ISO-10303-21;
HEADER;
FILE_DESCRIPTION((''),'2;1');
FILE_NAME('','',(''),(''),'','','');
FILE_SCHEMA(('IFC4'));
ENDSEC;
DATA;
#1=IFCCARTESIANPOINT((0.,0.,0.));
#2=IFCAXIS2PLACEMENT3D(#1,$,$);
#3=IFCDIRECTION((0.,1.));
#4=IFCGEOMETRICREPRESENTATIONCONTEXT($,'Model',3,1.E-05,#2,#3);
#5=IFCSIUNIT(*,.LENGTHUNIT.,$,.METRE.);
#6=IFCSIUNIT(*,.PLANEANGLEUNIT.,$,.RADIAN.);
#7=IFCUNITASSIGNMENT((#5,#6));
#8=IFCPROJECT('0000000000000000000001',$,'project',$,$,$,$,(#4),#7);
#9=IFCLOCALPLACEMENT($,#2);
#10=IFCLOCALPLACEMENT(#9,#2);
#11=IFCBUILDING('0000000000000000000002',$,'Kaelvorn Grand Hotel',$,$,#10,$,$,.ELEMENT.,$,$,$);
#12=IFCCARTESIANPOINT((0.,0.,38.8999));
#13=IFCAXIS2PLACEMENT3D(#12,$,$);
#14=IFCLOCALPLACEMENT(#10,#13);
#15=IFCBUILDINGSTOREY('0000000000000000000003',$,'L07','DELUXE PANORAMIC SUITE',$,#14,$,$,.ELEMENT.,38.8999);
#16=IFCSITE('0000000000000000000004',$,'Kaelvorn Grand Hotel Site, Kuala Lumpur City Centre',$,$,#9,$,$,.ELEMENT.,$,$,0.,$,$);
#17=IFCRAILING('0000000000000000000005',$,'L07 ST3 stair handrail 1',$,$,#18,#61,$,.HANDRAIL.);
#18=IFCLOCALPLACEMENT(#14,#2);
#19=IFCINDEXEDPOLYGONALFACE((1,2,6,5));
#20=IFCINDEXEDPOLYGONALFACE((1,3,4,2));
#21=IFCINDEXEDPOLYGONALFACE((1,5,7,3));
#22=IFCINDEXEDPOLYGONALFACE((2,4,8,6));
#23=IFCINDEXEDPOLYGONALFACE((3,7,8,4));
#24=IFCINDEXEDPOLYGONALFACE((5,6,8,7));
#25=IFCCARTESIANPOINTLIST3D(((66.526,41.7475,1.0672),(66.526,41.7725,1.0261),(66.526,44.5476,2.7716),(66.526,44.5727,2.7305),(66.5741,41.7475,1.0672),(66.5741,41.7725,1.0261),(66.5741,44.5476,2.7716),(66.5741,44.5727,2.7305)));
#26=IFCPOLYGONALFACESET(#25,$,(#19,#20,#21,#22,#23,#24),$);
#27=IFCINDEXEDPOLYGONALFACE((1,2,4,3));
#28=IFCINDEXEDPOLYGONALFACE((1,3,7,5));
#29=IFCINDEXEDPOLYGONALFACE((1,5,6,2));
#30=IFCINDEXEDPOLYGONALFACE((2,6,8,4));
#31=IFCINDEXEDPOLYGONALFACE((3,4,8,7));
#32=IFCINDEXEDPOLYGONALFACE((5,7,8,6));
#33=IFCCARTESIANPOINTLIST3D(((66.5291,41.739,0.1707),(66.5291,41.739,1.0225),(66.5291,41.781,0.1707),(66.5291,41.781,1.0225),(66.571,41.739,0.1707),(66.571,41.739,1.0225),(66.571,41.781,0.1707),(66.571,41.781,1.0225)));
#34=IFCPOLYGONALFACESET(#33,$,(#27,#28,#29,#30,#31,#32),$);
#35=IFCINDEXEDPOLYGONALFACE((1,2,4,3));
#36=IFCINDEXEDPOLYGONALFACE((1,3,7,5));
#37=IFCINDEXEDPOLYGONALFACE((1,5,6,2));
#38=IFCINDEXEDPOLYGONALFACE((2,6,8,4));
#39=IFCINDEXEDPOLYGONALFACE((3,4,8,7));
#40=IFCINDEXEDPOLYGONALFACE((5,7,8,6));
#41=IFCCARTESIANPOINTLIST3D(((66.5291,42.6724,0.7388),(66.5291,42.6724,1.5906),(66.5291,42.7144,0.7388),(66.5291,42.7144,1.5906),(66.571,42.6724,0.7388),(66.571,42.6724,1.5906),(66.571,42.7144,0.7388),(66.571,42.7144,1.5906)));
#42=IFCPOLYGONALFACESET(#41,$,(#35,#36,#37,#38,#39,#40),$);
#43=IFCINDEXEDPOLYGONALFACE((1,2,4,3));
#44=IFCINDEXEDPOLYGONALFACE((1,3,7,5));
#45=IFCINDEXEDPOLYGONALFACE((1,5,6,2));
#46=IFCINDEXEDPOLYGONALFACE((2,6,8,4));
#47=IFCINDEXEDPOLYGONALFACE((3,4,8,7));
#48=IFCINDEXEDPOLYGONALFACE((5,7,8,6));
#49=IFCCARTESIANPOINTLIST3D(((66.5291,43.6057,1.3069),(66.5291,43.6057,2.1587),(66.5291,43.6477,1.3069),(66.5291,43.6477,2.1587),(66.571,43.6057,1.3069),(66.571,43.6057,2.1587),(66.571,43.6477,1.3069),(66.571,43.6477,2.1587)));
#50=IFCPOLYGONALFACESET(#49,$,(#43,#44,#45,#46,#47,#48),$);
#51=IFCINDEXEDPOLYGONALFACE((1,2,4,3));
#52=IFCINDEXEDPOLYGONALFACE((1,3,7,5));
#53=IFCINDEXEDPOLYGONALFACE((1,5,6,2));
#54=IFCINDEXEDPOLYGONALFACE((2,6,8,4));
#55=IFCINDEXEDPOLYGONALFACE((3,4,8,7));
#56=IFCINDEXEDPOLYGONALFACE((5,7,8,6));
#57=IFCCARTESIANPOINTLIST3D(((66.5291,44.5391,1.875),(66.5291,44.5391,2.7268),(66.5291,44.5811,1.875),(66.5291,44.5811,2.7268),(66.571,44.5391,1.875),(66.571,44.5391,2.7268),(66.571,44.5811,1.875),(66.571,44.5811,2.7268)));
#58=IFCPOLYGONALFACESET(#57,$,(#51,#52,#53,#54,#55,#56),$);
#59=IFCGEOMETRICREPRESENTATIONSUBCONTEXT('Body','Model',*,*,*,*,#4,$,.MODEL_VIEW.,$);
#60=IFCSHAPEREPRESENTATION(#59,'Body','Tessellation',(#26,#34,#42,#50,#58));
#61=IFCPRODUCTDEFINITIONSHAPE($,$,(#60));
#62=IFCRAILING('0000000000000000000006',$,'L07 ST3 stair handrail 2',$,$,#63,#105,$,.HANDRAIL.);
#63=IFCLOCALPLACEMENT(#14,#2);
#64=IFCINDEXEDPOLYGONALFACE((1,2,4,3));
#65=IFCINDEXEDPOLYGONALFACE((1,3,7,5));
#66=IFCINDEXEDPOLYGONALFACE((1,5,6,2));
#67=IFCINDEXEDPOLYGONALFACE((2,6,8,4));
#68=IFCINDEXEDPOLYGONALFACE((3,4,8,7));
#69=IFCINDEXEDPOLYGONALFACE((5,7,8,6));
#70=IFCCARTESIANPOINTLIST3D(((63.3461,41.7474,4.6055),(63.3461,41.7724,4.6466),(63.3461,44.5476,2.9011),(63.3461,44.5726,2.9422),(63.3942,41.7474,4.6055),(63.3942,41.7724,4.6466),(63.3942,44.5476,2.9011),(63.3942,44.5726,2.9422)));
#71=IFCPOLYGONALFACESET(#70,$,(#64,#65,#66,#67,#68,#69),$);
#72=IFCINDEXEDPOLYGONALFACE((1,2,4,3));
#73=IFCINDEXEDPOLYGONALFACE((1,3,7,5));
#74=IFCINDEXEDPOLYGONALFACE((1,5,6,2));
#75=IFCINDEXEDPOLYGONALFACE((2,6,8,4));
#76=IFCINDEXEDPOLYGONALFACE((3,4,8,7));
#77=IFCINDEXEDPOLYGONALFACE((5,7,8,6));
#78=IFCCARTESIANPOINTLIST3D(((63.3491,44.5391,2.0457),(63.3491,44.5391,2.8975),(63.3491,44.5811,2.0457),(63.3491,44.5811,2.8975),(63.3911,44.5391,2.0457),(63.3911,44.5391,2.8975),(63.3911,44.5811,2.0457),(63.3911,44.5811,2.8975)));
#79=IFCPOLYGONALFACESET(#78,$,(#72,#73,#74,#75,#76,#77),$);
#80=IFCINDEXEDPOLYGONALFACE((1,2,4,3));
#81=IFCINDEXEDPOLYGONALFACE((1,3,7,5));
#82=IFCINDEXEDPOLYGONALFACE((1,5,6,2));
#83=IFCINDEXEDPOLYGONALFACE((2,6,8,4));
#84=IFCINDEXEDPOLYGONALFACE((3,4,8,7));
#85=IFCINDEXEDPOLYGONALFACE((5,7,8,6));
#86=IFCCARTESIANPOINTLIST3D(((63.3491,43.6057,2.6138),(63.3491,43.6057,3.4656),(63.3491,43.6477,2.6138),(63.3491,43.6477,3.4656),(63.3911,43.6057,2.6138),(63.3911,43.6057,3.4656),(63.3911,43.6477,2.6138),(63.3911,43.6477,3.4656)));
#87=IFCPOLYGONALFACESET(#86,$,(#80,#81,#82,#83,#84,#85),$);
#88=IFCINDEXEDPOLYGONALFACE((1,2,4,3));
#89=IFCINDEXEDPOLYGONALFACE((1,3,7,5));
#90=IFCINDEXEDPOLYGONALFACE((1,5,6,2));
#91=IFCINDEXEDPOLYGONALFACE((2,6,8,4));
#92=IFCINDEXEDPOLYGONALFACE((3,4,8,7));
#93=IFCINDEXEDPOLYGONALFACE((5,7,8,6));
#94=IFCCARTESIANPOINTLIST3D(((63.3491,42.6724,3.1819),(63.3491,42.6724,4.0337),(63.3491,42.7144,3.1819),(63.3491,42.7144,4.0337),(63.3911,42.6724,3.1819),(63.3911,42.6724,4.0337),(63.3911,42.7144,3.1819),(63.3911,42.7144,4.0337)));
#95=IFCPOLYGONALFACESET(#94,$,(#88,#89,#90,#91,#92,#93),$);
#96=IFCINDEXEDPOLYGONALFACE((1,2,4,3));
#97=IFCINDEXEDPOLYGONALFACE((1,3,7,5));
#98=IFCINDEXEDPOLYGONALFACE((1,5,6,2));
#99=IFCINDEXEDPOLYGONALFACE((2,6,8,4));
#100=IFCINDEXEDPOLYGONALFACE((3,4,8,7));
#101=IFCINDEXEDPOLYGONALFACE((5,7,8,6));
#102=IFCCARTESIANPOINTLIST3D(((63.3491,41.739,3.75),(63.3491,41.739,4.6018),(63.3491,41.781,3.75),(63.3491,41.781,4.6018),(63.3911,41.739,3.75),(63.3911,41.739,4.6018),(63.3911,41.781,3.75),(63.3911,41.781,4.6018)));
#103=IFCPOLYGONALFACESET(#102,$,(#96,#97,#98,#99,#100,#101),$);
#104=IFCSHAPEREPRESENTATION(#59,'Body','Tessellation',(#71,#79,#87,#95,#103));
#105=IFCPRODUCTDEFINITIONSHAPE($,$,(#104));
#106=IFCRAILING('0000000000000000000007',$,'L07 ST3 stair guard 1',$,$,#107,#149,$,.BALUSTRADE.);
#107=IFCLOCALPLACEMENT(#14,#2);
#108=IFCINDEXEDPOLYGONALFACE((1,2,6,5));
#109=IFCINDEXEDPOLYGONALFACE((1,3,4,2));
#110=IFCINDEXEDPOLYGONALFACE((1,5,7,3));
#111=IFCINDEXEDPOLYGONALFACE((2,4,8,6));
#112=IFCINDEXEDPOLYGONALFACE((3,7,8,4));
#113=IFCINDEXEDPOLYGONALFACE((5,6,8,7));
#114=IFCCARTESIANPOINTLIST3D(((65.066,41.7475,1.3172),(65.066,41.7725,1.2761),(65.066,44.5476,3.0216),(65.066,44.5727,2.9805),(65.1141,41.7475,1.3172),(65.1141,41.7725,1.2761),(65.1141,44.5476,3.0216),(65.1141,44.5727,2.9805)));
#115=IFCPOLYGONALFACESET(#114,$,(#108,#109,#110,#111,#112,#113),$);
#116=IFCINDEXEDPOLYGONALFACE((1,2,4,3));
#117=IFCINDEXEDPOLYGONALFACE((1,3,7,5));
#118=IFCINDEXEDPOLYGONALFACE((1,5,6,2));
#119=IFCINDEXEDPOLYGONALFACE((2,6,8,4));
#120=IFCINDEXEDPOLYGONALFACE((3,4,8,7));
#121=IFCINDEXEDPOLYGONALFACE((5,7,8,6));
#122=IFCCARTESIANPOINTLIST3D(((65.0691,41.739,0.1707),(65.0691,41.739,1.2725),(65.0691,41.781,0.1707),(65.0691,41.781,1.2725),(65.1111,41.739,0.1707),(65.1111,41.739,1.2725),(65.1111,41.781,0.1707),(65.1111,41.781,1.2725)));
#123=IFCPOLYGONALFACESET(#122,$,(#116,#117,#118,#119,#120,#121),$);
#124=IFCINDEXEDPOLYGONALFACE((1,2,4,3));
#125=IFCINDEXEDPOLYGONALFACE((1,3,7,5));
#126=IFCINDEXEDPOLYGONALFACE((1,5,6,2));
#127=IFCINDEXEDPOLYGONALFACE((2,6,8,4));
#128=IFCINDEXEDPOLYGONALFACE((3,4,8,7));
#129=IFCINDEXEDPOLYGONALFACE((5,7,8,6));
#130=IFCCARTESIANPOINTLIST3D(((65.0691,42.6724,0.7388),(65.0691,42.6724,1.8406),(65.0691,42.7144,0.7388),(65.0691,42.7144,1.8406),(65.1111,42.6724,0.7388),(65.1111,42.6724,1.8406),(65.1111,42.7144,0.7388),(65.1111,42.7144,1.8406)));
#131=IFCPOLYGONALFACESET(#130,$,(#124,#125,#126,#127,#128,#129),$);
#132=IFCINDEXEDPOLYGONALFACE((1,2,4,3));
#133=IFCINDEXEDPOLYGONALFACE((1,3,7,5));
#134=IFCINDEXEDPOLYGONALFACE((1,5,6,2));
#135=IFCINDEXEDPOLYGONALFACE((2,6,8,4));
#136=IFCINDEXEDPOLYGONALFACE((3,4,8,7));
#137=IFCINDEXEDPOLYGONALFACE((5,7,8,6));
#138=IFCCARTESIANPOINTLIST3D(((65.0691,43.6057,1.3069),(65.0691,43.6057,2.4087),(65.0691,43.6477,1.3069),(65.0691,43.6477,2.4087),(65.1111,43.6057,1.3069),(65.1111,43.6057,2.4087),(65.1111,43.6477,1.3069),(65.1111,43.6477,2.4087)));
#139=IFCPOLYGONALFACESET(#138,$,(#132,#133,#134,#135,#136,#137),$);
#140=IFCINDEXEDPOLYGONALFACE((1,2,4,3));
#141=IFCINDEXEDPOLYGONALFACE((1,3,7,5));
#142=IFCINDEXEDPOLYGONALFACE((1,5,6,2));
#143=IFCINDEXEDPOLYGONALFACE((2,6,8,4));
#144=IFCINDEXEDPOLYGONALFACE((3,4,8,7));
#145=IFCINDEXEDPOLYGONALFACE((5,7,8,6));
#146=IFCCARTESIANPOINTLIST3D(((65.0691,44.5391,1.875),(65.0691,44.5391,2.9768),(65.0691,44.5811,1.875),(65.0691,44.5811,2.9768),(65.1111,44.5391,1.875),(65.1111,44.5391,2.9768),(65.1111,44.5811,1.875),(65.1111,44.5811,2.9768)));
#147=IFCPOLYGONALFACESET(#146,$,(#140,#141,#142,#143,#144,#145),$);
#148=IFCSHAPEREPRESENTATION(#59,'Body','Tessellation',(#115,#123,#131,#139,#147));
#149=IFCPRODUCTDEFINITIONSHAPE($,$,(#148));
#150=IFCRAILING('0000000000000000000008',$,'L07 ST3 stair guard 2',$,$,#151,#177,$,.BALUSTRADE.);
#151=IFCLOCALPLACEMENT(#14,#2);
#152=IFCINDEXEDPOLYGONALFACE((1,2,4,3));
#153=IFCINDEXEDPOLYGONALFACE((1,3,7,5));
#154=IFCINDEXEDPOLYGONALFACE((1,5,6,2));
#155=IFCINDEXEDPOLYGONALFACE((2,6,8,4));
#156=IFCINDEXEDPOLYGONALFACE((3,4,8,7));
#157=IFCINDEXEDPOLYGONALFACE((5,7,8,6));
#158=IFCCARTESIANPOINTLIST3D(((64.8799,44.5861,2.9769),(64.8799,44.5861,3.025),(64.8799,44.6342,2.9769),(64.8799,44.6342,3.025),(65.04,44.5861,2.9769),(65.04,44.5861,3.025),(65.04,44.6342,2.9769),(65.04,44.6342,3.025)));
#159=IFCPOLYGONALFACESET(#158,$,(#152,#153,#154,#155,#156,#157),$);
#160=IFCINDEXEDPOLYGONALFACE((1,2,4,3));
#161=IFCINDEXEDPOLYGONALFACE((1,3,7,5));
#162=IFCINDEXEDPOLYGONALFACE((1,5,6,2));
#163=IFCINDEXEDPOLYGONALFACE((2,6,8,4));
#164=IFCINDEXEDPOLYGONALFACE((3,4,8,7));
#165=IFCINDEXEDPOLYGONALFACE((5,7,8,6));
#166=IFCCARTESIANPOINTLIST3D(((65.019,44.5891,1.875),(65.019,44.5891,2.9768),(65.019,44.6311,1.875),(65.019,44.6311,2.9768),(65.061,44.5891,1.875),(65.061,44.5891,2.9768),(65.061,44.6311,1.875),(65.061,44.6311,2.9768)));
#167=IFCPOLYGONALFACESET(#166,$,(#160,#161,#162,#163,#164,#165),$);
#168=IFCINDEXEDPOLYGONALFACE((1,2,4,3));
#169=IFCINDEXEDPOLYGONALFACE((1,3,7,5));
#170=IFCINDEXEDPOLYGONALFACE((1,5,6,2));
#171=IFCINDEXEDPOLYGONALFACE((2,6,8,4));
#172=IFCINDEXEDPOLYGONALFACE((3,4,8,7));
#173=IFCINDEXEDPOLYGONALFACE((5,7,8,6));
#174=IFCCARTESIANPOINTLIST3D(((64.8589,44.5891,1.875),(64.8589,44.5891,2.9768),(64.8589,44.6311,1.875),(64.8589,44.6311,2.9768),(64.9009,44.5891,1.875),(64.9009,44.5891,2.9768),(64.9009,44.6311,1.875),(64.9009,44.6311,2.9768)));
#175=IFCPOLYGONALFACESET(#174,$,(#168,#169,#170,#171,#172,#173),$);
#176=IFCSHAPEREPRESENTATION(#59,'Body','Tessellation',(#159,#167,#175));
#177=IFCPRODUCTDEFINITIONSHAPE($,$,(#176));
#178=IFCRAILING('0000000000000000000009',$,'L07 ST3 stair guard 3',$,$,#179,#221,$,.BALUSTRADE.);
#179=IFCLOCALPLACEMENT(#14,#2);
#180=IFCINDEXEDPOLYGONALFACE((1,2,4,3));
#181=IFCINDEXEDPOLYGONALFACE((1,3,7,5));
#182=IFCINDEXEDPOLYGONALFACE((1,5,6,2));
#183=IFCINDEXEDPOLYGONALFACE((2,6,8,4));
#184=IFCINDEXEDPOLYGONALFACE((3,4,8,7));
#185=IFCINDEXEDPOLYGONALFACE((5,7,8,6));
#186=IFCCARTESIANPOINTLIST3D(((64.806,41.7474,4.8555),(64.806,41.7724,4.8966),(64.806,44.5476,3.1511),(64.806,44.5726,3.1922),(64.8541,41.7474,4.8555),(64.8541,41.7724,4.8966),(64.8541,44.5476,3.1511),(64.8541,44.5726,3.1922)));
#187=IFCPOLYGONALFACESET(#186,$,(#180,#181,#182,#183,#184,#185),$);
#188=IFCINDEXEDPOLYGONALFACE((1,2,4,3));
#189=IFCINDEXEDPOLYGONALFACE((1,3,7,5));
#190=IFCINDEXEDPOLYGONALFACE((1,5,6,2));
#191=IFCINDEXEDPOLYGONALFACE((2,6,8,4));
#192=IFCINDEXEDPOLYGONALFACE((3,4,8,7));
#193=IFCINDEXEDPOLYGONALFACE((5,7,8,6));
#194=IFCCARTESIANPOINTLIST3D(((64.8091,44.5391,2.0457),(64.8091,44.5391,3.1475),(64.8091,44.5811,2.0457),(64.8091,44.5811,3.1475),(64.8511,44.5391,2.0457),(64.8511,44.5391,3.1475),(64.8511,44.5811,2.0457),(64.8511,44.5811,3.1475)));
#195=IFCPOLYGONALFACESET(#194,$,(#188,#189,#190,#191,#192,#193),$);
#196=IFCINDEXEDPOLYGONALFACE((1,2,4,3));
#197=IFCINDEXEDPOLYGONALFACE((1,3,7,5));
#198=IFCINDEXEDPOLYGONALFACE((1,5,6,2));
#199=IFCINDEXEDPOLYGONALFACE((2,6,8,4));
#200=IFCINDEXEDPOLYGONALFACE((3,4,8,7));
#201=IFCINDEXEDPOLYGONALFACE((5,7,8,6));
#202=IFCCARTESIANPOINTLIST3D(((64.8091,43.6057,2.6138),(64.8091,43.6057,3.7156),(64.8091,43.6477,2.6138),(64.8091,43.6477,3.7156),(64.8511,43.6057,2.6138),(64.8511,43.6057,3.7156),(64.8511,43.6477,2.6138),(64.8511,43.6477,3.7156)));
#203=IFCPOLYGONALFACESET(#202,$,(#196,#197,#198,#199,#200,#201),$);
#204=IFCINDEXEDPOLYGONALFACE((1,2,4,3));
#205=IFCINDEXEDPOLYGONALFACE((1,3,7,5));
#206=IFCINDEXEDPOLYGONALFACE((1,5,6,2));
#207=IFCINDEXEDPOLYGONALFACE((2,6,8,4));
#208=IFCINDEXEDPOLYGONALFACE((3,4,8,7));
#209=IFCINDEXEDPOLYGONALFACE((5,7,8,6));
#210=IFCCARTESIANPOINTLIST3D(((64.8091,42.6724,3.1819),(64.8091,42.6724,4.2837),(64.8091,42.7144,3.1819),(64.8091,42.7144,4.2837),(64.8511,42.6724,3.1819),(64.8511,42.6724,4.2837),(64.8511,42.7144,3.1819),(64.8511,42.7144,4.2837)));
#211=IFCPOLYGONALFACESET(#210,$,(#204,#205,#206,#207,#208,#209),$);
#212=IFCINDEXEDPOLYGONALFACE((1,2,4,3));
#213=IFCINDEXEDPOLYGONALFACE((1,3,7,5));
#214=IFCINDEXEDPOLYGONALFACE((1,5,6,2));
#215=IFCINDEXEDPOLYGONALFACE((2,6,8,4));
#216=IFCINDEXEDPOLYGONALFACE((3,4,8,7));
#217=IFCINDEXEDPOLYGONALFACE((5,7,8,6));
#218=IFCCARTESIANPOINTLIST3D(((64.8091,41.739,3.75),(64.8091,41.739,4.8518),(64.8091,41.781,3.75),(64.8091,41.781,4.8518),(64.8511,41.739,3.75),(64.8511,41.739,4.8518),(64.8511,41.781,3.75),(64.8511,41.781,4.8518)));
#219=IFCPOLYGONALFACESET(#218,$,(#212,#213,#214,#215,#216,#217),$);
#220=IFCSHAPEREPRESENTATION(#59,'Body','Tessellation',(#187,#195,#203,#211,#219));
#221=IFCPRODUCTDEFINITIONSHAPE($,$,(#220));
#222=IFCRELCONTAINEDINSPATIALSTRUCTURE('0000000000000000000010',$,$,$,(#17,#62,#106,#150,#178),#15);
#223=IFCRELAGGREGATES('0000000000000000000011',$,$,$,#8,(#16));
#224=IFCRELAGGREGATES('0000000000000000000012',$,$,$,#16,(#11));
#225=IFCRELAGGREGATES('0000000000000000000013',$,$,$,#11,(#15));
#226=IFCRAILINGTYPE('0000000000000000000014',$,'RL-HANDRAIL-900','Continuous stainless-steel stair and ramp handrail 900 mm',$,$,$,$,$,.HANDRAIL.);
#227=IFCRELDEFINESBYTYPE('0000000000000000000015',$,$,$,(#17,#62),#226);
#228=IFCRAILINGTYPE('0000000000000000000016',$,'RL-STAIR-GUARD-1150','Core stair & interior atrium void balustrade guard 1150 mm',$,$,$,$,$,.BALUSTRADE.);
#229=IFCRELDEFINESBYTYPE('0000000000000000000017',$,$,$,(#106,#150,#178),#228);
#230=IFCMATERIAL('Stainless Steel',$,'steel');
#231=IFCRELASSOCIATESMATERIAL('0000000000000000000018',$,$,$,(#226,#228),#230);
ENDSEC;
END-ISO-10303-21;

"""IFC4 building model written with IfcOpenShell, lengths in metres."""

from ifc_helpers import new_model, si_unit, direction, frame, origin, origin_2d, place, context, subcontext, project, spatial, rectangle, extrude, material, type_object, element, save


model = new_model("IFC4")

# Units and contexts
model_context = context("Model", 3, precision=1e-05, world=origin(), true_north=direction((0.0, 1.0)))
body_context = subcontext(model_context, "Body", "Model", "MODEL_VIEW")
ifc_project = project(units=[si_unit("LENGTHUNIT", "METRE"), si_unit("PLANEANGLEUNIT", "RADIAN")], contexts=[model_context])

# Site, building, storey
site_placement = place(None, origin())
site = spatial("IfcSite", under=ifc_project, at=site_placement, Name="Kaelvorn Grand Hotel Site, Kuala Lumpur City Centre", CompositionType="ELEMENT", RefElevation=0.0)
building_placement = place(site_placement, origin())
building = spatial("IfcBuilding", under=site, at=building_placement, Name="Kaelvorn Grand Hotel", CompositionType="ELEMENT")
storey_placement = place(building_placement, frame((0.0, 0.0, 38.8999)))
storey = spatial("IfcBuildingStorey", under=building, at=storey_placement, Name="L07", Description="DELUXE PANORAMIC SUITE", CompositionType="ELEMENT", Elevation=38.8999)

# Shared definitions
ifc_material_1 = material(Name="Stainless Steel", Category="steel")

# Railings
railing_type_1 = type_object("IfcRailingType", Name="RL-HANDRAIL-900", Description="Continuous stainless-steel stair and ramp handrail 900 mm", PredefinedType="HANDRAIL", material=ifc_material_1)
railing_1_placement = place(storey_placement, frame((66.55, 41.76, 0.1707)))
element("IfcRailing", 1, at=railing_1_placement, inside=storey, type_object=railing_type_1, Name="L07 ST3 stair handrail 1", PredefinedType="HANDRAIL", context=body_context, shape_type="SweptSolid", body=[
    extrude(rectangle(XDim=0.0481, YDim=0.0481, at=origin_2d()), frame((0.0, 0.0, 0.876), z_axis=(0.0, 0.854203, 0.51994), x_axis=(-1.0, 0.0, 0.0)), (0.0, 0.0, 1.0), 3.2781),
    extrude(rectangle(XDim=0.042, YDim=0.042, at=origin_2d()), origin(), (0.0, 0.0, 1.0), 0.8518),
    extrude(rectangle(XDim=0.042, YDim=0.042, at=origin_2d()), frame((0.0, 0.9333, 0.5681)), (0.0, 0.0, 1.0), 0.8518),
    extrude(rectangle(XDim=0.042, YDim=0.042, at=origin_2d()), frame((0.0, 1.8667, 1.1362)), (0.0, 0.0, 1.0), 0.8518),
    extrude(rectangle(XDim=0.042, YDim=0.042, at=origin_2d()), frame((0.0, 2.8, 1.7043)), (0.0, 0.0, 1.0), 0.8518),
])
railing_2_placement = place(storey_placement, frame((63.3701, 44.5601, 2.0457)))
element("IfcRailing", 2, at=railing_2_placement, inside=storey, type_object=railing_type_1, Name="L07 ST3 stair handrail 2", PredefinedType="HANDRAIL", context=body_context, shape_type="SweptSolid", body=[
    extrude(rectangle(XDim=0.0481, YDim=0.0481, at=origin_2d()), frame((0.0, 0.0, 0.876), z_axis=(0.0, -0.854203, 0.51994), x_axis=(1.0, 0.0, 0.0)), (0.0, 0.0, 1.0), 3.2781),
    extrude(rectangle(XDim=0.042, YDim=0.042, at=origin_2d()), origin(), (0.0, 0.0, 1.0), 0.8518),
    extrude(rectangle(XDim=0.042, YDim=0.042, at=origin_2d()), frame((0.0, -0.9333, 0.5681)), (0.0, 0.0, 1.0), 0.8518),
    extrude(rectangle(XDim=0.042, YDim=0.042, at=origin_2d()), frame((0.0, -1.8667, 1.1362)), (0.0, 0.0, 1.0), 0.8518),
    extrude(rectangle(XDim=0.042, YDim=0.042, at=origin_2d()), frame((0.0, -2.8, 1.7043)), (0.0, 0.0, 1.0), 0.8518),
])
railing_type_2 = type_object("IfcRailingType", Name="RL-STAIR-GUARD-1150", Description="Core stair & interior atrium void balustrade guard 1150 mm", PredefinedType="BALUSTRADE", material=ifc_material_1)
railing_3_placement = place(storey_placement, frame((65.0901, 41.76, 0.1707)))
element("IfcRailing", 3, at=railing_3_placement, inside=storey, type_object=railing_type_2, Name="L07 ST3 stair guard 1", PredefinedType="BALUSTRADE", context=body_context, shape_type="SweptSolid", body=[
    extrude(rectangle(XDim=0.0481, YDim=0.0481, at=origin_2d()), frame((0.0, 0.0, 1.126), z_axis=(0.0, 0.854203, 0.51994), x_axis=(-1.0, 0.0, 0.0)), (0.0, 0.0, 1.0), 3.2781),
    extrude(rectangle(XDim=0.042, YDim=0.042, at=origin_2d()), origin(), (0.0, 0.0, 1.0), 1.1018),
    extrude(rectangle(XDim=0.042, YDim=0.042, at=origin_2d()), frame((0.0, 0.9333, 0.5681)), (0.0, 0.0, 1.0), 1.1018),
    extrude(rectangle(XDim=0.042, YDim=0.042, at=origin_2d()), frame((0.0, 1.8667, 1.1362)), (0.0, 0.0, 1.0), 1.1018),
    extrude(rectangle(XDim=0.042, YDim=0.042, at=origin_2d()), frame((0.0, 2.8, 1.7043)), (0.0, 0.0, 1.0), 1.1018),
])
railing_4_placement = place(storey_placement, frame((65.04, 44.6101, 1.875)))
element("IfcRailing", 4, at=railing_4_placement, inside=storey, type_object=railing_type_2, Name="L07 ST3 stair guard 2", PredefinedType="BALUSTRADE", context=body_context, shape_type="SweptSolid", body=[
    extrude(rectangle(XDim=0.0481, YDim=0.0481, at=origin_2d()), frame((0.0, 0.0, 1.126), z_axis=(-1.0, 0.0, 0.0), x_axis=(0.0, -1.0, 0.0)), (0.0, 0.0, 1.0), 0.1602),
    extrude(rectangle(XDim=0.042, YDim=0.042, at=origin_2d()), origin(), (0.0, 0.0, 1.0), 1.1018),
    extrude(rectangle(XDim=0.042, YDim=0.042, at=origin_2d()), frame((-0.1602, 0.0, 0.0)), (0.0, 0.0, 1.0), 1.1018),
])
railing_5_placement = place(storey_placement, frame((64.8301, 44.5601, 2.0457)))
element("IfcRailing", 5, at=railing_5_placement, inside=storey, type_object=railing_type_2, Name="L07 ST3 stair guard 3", PredefinedType="BALUSTRADE", context=body_context, shape_type="SweptSolid", body=[
    extrude(rectangle(XDim=0.0481, YDim=0.0481, at=origin_2d()), frame((0.0, 0.0, 1.126), z_axis=(0.0, -0.854203, 0.51994), x_axis=(1.0, 0.0, 0.0)), (0.0, 0.0, 1.0), 3.2781),
    extrude(rectangle(XDim=0.042, YDim=0.042, at=origin_2d()), origin(), (0.0, 0.0, 1.0), 1.1018),
    extrude(rectangle(XDim=0.042, YDim=0.042, at=origin_2d()), frame((0.0, -0.9333, 0.5681)), (0.0, 0.0, 1.0), 1.1018),
    extrude(rectangle(XDim=0.042, YDim=0.042, at=origin_2d()), frame((0.0, -1.8667, 1.1362)), (0.0, 0.0, 1.0), 1.1018),
    extrude(rectangle(XDim=0.042, YDim=0.042, at=origin_2d()), frame((0.0, -2.8, 1.7043)), (0.0, 0.0, 1.0), 1.1018),
])

save(model, "model.ifc")
